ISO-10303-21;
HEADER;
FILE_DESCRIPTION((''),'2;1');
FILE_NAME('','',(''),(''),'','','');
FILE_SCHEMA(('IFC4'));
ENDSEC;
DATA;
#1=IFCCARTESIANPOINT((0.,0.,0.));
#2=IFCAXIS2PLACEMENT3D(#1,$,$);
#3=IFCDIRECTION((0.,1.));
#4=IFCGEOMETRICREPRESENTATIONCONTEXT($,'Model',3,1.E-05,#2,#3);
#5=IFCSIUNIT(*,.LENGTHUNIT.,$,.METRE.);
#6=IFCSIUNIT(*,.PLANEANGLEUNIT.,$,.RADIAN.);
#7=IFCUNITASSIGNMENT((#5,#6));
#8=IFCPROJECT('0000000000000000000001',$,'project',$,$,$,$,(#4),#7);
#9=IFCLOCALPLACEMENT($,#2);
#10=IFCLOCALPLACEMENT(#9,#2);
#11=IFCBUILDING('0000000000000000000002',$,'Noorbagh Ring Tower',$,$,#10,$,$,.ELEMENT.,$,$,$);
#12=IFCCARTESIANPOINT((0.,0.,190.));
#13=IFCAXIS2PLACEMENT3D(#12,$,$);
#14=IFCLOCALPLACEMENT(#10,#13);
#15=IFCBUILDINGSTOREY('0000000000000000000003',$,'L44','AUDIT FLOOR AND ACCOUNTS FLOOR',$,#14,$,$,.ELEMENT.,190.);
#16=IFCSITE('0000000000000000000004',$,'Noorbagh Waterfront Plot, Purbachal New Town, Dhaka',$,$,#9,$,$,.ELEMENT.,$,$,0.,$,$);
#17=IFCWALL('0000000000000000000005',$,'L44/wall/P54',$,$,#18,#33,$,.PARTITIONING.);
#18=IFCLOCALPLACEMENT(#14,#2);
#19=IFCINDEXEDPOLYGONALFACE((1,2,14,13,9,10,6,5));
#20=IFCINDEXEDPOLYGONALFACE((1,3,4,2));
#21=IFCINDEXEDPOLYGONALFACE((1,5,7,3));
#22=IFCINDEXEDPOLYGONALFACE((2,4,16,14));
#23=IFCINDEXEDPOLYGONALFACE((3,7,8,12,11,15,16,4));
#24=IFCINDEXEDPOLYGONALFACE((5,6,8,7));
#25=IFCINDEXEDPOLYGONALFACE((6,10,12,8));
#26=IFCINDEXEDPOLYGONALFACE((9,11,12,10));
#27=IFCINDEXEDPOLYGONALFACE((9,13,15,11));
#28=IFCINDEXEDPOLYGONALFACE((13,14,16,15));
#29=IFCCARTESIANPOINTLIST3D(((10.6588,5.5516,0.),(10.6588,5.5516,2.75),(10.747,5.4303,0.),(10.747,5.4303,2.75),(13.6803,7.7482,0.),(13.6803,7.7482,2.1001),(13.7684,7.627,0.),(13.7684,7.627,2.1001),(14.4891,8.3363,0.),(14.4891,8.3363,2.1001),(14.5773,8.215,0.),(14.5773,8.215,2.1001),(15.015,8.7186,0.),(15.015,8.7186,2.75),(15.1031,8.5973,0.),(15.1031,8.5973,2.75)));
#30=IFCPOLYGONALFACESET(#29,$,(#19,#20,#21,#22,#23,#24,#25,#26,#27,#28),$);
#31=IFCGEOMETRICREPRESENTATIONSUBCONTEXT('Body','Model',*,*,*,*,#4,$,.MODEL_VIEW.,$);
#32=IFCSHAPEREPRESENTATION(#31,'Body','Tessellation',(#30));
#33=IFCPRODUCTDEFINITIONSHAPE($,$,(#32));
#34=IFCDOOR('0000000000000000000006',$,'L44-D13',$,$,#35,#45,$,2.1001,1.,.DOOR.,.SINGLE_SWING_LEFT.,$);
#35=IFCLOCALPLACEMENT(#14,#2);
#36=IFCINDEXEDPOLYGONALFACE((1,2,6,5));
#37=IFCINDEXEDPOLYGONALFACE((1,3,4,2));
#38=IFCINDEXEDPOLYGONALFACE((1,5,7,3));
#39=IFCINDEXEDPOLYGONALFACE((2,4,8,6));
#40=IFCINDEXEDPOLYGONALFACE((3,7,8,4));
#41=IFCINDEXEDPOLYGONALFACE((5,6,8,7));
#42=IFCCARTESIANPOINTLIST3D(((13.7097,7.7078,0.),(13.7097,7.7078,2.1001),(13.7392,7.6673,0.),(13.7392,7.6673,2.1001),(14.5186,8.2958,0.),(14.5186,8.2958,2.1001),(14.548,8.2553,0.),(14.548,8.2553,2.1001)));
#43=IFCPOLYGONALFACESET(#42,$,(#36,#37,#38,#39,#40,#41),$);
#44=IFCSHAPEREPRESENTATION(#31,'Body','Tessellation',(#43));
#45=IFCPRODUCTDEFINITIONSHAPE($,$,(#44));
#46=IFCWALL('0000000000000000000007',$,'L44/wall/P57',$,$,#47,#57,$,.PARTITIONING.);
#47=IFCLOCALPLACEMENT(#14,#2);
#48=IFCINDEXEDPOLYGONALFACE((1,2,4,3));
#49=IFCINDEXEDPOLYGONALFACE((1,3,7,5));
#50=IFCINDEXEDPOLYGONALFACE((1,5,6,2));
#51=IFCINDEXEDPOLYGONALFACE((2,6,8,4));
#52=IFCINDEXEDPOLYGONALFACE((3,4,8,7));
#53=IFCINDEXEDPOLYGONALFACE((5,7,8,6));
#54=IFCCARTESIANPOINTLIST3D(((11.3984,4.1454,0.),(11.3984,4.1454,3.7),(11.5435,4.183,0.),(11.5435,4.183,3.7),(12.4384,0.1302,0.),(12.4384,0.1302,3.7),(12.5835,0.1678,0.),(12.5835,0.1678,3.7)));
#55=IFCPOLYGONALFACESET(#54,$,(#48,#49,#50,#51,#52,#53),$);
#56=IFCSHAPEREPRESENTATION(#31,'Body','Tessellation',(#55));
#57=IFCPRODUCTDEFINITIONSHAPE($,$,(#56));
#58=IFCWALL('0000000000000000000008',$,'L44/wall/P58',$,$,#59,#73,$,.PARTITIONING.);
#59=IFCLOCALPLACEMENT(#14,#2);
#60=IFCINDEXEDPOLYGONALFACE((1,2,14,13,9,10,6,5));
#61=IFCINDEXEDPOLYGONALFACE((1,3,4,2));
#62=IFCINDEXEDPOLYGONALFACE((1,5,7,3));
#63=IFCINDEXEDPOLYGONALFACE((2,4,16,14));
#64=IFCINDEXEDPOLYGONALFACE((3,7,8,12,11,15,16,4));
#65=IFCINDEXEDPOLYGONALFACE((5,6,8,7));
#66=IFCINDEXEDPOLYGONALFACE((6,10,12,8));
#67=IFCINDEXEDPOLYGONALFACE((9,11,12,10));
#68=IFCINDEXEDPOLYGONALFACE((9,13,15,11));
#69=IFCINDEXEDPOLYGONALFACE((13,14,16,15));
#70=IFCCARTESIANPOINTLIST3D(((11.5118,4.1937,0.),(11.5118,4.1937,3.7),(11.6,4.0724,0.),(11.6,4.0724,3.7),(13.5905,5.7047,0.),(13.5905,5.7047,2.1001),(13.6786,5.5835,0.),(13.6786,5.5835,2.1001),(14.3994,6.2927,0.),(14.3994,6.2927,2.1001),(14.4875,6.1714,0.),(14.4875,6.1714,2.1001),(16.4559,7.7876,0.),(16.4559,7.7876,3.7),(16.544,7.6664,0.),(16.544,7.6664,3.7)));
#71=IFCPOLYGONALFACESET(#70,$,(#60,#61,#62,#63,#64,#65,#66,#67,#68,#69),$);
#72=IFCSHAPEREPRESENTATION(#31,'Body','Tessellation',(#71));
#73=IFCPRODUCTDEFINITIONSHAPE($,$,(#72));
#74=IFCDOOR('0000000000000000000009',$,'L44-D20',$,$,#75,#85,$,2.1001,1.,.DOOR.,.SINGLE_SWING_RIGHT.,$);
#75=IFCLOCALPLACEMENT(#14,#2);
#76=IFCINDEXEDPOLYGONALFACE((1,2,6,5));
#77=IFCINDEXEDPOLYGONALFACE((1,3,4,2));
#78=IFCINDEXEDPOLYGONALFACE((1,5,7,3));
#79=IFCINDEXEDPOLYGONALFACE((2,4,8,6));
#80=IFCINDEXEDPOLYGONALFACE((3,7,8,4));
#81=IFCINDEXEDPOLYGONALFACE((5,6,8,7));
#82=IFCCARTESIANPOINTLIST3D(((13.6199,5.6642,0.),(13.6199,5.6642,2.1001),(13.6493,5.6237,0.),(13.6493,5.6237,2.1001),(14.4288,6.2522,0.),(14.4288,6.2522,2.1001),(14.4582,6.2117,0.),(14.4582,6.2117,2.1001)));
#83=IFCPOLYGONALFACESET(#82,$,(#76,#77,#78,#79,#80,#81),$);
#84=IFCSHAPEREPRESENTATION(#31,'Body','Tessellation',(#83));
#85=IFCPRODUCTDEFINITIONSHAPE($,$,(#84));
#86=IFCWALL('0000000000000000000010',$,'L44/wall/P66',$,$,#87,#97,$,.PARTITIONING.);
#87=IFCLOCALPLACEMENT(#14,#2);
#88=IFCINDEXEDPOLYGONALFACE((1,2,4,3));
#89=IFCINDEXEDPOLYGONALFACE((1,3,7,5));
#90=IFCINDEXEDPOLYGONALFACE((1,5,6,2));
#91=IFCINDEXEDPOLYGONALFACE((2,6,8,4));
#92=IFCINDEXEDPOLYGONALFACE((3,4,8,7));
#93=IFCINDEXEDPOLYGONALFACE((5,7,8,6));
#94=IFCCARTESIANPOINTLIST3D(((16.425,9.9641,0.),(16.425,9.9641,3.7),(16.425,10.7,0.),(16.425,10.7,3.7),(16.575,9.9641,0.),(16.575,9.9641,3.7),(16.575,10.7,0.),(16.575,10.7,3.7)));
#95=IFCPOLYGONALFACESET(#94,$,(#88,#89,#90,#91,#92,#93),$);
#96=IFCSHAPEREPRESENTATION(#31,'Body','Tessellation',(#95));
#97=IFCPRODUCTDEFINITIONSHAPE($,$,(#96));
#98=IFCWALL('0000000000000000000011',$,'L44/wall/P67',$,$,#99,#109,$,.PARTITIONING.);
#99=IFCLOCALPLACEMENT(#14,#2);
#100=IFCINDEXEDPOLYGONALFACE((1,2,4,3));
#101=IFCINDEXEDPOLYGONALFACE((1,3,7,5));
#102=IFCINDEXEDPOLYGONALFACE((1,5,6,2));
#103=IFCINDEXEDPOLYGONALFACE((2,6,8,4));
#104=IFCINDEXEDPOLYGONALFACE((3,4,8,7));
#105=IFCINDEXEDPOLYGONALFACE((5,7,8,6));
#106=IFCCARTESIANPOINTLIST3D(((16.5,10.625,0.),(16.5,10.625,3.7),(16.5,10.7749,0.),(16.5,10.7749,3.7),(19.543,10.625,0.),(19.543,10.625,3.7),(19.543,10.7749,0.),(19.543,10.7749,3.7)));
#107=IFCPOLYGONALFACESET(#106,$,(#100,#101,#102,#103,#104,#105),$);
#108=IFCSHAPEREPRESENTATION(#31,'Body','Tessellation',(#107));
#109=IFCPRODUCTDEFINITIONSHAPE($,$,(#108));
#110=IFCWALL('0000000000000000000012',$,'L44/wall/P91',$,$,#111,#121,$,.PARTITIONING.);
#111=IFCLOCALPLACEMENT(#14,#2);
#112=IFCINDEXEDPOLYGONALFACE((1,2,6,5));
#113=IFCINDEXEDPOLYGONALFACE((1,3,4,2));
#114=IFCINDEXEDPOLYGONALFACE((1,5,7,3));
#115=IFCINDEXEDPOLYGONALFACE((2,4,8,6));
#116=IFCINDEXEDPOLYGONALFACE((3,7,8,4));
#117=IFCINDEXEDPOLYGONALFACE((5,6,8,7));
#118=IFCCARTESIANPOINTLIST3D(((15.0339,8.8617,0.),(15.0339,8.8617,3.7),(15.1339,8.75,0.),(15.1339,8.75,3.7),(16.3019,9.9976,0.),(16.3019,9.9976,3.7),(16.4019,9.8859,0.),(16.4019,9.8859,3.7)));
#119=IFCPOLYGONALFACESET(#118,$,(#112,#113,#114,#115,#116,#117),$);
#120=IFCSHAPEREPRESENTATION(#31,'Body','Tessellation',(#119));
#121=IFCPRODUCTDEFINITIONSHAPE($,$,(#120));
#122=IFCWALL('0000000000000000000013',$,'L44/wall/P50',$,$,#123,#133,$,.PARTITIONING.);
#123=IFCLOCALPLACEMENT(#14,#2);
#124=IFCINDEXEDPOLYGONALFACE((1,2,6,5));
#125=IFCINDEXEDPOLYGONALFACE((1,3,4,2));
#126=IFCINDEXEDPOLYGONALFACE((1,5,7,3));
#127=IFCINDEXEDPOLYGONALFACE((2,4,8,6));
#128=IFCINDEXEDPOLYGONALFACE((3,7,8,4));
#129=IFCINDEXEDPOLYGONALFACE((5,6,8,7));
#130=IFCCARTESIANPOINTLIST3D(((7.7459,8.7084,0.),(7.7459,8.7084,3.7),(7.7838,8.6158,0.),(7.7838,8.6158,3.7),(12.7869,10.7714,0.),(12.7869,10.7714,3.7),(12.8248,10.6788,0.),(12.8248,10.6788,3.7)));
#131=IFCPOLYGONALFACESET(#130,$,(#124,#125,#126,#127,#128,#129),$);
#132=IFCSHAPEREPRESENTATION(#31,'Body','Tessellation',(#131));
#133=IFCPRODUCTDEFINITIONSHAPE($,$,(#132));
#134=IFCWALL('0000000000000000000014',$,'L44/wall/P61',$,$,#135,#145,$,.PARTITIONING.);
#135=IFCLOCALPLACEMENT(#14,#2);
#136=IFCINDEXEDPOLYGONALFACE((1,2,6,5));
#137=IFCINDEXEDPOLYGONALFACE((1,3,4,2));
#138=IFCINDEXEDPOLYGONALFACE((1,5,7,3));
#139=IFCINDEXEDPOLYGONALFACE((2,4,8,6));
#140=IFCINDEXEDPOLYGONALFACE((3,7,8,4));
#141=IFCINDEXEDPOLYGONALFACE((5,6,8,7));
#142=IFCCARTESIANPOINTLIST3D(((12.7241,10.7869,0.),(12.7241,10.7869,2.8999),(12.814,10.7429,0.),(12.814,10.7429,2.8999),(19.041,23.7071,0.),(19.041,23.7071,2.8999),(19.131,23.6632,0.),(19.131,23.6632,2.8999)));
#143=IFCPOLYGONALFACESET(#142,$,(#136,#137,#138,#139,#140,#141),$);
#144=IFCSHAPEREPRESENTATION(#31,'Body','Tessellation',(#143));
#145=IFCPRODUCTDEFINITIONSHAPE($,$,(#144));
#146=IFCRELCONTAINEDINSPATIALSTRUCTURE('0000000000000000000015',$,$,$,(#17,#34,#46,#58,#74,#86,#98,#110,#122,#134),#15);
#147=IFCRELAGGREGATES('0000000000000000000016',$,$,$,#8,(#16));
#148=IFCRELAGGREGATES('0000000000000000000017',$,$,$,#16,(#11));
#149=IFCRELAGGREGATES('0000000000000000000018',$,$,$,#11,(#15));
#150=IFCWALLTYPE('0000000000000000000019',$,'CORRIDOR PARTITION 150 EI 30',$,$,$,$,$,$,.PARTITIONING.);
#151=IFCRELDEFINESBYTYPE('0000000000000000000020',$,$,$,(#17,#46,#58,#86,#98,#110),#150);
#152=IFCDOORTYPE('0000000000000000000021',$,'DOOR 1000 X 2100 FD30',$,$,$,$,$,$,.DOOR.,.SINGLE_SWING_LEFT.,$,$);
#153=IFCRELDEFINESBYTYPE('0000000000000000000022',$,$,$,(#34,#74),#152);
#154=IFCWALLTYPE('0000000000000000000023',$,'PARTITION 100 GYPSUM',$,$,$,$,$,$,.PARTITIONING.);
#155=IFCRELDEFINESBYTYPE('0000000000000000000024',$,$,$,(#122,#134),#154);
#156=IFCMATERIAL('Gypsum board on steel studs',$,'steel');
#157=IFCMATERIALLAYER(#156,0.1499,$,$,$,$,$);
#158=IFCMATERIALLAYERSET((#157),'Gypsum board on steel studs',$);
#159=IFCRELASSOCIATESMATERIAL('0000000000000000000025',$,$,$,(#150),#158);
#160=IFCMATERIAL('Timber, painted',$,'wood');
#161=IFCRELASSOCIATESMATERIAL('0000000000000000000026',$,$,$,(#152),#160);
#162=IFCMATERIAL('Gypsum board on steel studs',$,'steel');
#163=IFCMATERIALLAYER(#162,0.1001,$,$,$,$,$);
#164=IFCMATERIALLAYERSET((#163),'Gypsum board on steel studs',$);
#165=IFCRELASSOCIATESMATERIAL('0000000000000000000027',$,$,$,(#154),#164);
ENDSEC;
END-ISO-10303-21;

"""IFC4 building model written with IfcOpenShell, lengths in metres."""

from ifc_helpers import new_model, si_unit, direction, frame, frame_2d, origin, place, context, subcontext, project, spatial, rectangle, extrude, material, layer, layer_set, type_object, element, fill, save


model = new_model("IFC4")

# Units and contexts
model_context = context("Model", 3, precision=1e-05, world=origin(), true_north=direction((0.0, 1.0)))
body_context = subcontext(model_context, "Body", "Model", "MODEL_VIEW")
ifc_project = project(units=[si_unit("LENGTHUNIT", "METRE"), si_unit("PLANEANGLEUNIT", "RADIAN")], contexts=[model_context])

# Site, building, storey
site_placement = place(None, origin())
site = spatial("IfcSite", under=ifc_project, at=site_placement, Name="Noorbagh Waterfront Plot, Purbachal New Town, Dhaka", CompositionType="ELEMENT", RefElevation=0.0)
building_placement = place(site_placement, origin())
building = spatial("IfcBuilding", under=site, at=building_placement, Name="Noorbagh Ring Tower", CompositionType="ELEMENT")
storey_placement = place(building_placement, frame((0.0, 0.0, 190.0)))
storey = spatial("IfcBuildingStorey", under=building, at=storey_placement, Name="L44", Description="AUDIT FLOOR AND ACCOUNTS FLOOR", CompositionType="ELEMENT", Elevation=190.0)

# Shared definitions
ifc_material_1 = material(Name="Gypsum board on steel studs", Category="steel")
ifc_layer_1 = layer(ifc_material_1, 0.1499)
ifc_layer_set_1 = layer_set([ifc_layer_1], Name="Gypsum board on steel studs")
wall_type_1 = type_object("IfcWallType", Name="CORRIDOR PARTITION 150 EI 30", PredefinedType="PARTITIONING", material=ifc_layer_set_1)

# Wall, opening, door
wall_1_placement = place(storey_placement, frame((10.7029, 5.491, 0.0), z_axis=(0.0, 0.0, 1.0), x_axis=(0.808838, 0.588032, 0.0)))
wall_1 = element("IfcWall", 1, at=wall_1_placement, inside=storey, type_object=wall_type_1, Name="L44/wall/P54", PredefinedType="PARTITIONING", context=body_context, shape_type="SweptSolid", body=[
    extrude(rectangle(XDim=5.3857, YDim=0.1499, at=frame_2d((2.6929, 0.0))), origin(), (0.0, 0.0, 1.0), 2.75),
])
opening_1_placement = place(wall_1_placement, frame((3.7356, 0.0, 0.0)))
opening_1 = element("IfcOpeningElement", 2, at=opening_1_placement, cuts=wall_1, PredefinedType="OPENING", context=body_context, shape_type="SweptSolid", body=[
    extrude(rectangle(XDim=1.0, YDim=2.1001, at=frame_2d((0.5, 1.05))), frame((0.0, 0.085, 0.0), z_axis=(0.0, -1.0, 0.0), x_axis=(1.0, 0.0, 0.0)), (0.0, 0.0, 1.0), 0.1699),
])
ifc_material_2 = material(Name="Timber, painted", Category="wood")
door_type_1 = type_object("IfcDoorType", Name="DOOR 1000 X 2100 FD30", OperationType="SINGLE_SWING_LEFT", PredefinedType="DOOR", material=ifc_material_2)
door_1_placement = place(opening_1_placement, origin())
door_1 = element("IfcDoor", 3, at=door_1_placement, inside=storey, type_object=door_type_1, Name="L44-D13", OperationType="SINGLE_SWING_LEFT", OverallHeight=2.1001, OverallWidth=1.0, PredefinedType="DOOR", context=body_context, shape_type="SweptSolid", body=[
    extrude(rectangle(XDim=1.0, YDim=2.1001, at=frame_2d((0.5, 1.05))), frame((0.0, 0.0249, 0.0), z_axis=(0.0, -1.0, 0.0), x_axis=(1.0, 0.0, 0.0)), (0.0, 0.0, 1.0), 0.05),
])
fill(opening_1, door_1)

# Wall
wall_2_placement = place(storey_placement, frame((11.4709, 4.1641, 0.0), z_axis=(0.0, 0.0, 1.0), x_axis=(0.250754, -0.968051, 0.0)))
element("IfcWall", 4, at=wall_2_placement, inside=storey, type_object=wall_type_1, Name="L44/wall/P57", PredefinedType="PARTITIONING", context=body_context, shape_type="SweptSolid", body=[
    extrude(rectangle(XDim=4.1477, YDim=0.1499, at=frame_2d((2.0737, 0.0))), origin(), (0.0, 0.0, 1.0), 3.7),
])

# Wall, opening, door
wall_3_placement = place(storey_placement, frame((11.5559, 4.1331, 0.0), z_axis=(0.0, 0.0, 1.0), x_axis=(0.808869, 0.587989, 0.0)))
wall_3 = element("IfcWall", 5, at=wall_3_placement, inside=storey, type_object=wall_type_1, Name="L44/wall/P58", PredefinedType="PARTITIONING", context=body_context, shape_type="SweptSolid", body=[
    extrude(rectangle(XDim=6.1123, YDim=0.1499, at=frame_2d((3.0562, 0.0))), origin(), (0.0, 0.0, 1.0), 3.7),
])
opening_2_placement = place(wall_3_placement, frame((2.5698, 0.0, 0.0)))
opening_2 = element("IfcOpeningElement", 6, at=opening_2_placement, cuts=wall_3, PredefinedType="OPENING", context=body_context, shape_type="SweptSolid", body=[
    extrude(rectangle(XDim=1.0, YDim=2.1001, at=frame_2d((0.5, 1.05))), frame((0.0, 0.085, 0.0), z_axis=(0.0, -1.0, 0.0), x_axis=(1.0, 0.0, 0.0)), (0.0, 0.0, 1.0), 0.1699),
])
door_2_placement = place(opening_2_placement, origin())
door_2 = element("IfcDoor", 7, at=door_2_placement, inside=storey, type_object=door_type_1, Name="L44-D20", OperationType="SINGLE_SWING_RIGHT", OverallHeight=2.1001, OverallWidth=1.0, PredefinedType="DOOR", context=body_context, shape_type="SweptSolid", body=[
    extrude(rectangle(XDim=1.0, YDim=2.1001, at=frame_2d((0.5, 1.05))), frame((0.0, 0.0249, 0.0), z_axis=(0.0, -1.0, 0.0), x_axis=(1.0, 0.0, 0.0)), (0.0, 0.0, 1.0), 0.05),
])
fill(opening_2, door_2)

# Walls
wall_4_placement = place(storey_placement, frame((16.5, 9.9641, 0.0), z_axis=(0.0, 0.0, 1.0), x_axis=(0.0, 1.0, 0.0)))
element("IfcWall", 8, at=wall_4_placement, inside=storey, type_object=wall_type_1, Name="L44/wall/P66", PredefinedType="PARTITIONING", context=body_context, shape_type="SweptSolid", body=[
    extrude(rectangle(XDim=0.7358, YDim=0.1499, at=frame_2d((0.3679, 0.0))), origin(), (0.0, 0.0, 1.0), 3.7),
])
wall_5_placement = place(storey_placement, frame((16.5, 10.7, 0.0), z_axis=(0.0, 0.0, 1.0), x_axis=(1.0, 0.0, 0.0)))
element("IfcWall", 9, at=wall_5_placement, inside=storey, type_object=wall_type_1, Name="L44/wall/P67", PredefinedType="PARTITIONING", context=body_context, shape_type="SweptSolid", body=[
    extrude(rectangle(XDim=3.043, YDim=0.1499, at=frame_2d((1.5215, 0.0))), origin(), (0.0, 0.0, 1.0), 3.7),
])
wall_6_placement = place(storey_placement, frame((15.084, 8.8059, 0.0), z_axis=(0.0, 0.0, 1.0), x_axis=(0.744832, 0.667252, 0.0)))
element("IfcWall", 10, at=wall_6_placement, inside=storey, type_object=wall_type_1, Name="L44/wall/P91", PredefinedType="PARTITIONING", context=body_context, shape_type="SweptSolid", body=[
    extrude(rectangle(XDim=1.7024, YDim=0.1499, at=frame_2d((0.8511, 0.0))), origin(), (0.0, 0.0, 1.0), 3.7),
])
ifc_material_3 = material(Name="Gypsum board on steel studs", Category="steel")
ifc_layer_2 = layer(ifc_material_3, 0.1001)
ifc_layer_set_2 = layer_set([ifc_layer_2], Name="Gypsum board on steel studs")
wall_type_2 = type_object("IfcWallType", Name="PARTITION 100 GYPSUM", PredefinedType="PARTITIONING", material=ifc_layer_set_2)
wall_7_placement = place(storey_placement, frame((7.7649, 8.6621, 0.0), z_axis=(0.0, 0.0, 1.0), x_axis=(0.925498, 0.378752, 0.0)))
element("IfcWall", 11, at=wall_7_placement, inside=storey, type_object=wall_type_2, Name="L44/wall/P50", PredefinedType="PARTITIONING", context=body_context, shape_type="SweptSolid", body=[
    extrude(rectangle(XDim=5.4468, YDim=0.1001, at=frame_2d((2.7234, 0.0))), origin(), (0.0, 0.0, 1.0), 3.7),
])
wall_8_placement = place(storey_placement, frame((12.769, 10.7649, 0.0), z_axis=(0.0, 0.0, 1.0), x_axis=(0.439231, 0.898374, 0.0)))
element("IfcWall", 12, at=wall_8_placement, inside=storey, type_object=wall_type_2, Name="L44/wall/P61", PredefinedType="PARTITIONING", context=body_context, shape_type="SweptSolid", body=[
    extrude(rectangle(XDim=14.3818, YDim=0.1001, at=frame_2d((7.1909, 0.0))), origin(), (0.0, 0.0, 1.0), 2.8999),
])

save(model, "model.ifc")
